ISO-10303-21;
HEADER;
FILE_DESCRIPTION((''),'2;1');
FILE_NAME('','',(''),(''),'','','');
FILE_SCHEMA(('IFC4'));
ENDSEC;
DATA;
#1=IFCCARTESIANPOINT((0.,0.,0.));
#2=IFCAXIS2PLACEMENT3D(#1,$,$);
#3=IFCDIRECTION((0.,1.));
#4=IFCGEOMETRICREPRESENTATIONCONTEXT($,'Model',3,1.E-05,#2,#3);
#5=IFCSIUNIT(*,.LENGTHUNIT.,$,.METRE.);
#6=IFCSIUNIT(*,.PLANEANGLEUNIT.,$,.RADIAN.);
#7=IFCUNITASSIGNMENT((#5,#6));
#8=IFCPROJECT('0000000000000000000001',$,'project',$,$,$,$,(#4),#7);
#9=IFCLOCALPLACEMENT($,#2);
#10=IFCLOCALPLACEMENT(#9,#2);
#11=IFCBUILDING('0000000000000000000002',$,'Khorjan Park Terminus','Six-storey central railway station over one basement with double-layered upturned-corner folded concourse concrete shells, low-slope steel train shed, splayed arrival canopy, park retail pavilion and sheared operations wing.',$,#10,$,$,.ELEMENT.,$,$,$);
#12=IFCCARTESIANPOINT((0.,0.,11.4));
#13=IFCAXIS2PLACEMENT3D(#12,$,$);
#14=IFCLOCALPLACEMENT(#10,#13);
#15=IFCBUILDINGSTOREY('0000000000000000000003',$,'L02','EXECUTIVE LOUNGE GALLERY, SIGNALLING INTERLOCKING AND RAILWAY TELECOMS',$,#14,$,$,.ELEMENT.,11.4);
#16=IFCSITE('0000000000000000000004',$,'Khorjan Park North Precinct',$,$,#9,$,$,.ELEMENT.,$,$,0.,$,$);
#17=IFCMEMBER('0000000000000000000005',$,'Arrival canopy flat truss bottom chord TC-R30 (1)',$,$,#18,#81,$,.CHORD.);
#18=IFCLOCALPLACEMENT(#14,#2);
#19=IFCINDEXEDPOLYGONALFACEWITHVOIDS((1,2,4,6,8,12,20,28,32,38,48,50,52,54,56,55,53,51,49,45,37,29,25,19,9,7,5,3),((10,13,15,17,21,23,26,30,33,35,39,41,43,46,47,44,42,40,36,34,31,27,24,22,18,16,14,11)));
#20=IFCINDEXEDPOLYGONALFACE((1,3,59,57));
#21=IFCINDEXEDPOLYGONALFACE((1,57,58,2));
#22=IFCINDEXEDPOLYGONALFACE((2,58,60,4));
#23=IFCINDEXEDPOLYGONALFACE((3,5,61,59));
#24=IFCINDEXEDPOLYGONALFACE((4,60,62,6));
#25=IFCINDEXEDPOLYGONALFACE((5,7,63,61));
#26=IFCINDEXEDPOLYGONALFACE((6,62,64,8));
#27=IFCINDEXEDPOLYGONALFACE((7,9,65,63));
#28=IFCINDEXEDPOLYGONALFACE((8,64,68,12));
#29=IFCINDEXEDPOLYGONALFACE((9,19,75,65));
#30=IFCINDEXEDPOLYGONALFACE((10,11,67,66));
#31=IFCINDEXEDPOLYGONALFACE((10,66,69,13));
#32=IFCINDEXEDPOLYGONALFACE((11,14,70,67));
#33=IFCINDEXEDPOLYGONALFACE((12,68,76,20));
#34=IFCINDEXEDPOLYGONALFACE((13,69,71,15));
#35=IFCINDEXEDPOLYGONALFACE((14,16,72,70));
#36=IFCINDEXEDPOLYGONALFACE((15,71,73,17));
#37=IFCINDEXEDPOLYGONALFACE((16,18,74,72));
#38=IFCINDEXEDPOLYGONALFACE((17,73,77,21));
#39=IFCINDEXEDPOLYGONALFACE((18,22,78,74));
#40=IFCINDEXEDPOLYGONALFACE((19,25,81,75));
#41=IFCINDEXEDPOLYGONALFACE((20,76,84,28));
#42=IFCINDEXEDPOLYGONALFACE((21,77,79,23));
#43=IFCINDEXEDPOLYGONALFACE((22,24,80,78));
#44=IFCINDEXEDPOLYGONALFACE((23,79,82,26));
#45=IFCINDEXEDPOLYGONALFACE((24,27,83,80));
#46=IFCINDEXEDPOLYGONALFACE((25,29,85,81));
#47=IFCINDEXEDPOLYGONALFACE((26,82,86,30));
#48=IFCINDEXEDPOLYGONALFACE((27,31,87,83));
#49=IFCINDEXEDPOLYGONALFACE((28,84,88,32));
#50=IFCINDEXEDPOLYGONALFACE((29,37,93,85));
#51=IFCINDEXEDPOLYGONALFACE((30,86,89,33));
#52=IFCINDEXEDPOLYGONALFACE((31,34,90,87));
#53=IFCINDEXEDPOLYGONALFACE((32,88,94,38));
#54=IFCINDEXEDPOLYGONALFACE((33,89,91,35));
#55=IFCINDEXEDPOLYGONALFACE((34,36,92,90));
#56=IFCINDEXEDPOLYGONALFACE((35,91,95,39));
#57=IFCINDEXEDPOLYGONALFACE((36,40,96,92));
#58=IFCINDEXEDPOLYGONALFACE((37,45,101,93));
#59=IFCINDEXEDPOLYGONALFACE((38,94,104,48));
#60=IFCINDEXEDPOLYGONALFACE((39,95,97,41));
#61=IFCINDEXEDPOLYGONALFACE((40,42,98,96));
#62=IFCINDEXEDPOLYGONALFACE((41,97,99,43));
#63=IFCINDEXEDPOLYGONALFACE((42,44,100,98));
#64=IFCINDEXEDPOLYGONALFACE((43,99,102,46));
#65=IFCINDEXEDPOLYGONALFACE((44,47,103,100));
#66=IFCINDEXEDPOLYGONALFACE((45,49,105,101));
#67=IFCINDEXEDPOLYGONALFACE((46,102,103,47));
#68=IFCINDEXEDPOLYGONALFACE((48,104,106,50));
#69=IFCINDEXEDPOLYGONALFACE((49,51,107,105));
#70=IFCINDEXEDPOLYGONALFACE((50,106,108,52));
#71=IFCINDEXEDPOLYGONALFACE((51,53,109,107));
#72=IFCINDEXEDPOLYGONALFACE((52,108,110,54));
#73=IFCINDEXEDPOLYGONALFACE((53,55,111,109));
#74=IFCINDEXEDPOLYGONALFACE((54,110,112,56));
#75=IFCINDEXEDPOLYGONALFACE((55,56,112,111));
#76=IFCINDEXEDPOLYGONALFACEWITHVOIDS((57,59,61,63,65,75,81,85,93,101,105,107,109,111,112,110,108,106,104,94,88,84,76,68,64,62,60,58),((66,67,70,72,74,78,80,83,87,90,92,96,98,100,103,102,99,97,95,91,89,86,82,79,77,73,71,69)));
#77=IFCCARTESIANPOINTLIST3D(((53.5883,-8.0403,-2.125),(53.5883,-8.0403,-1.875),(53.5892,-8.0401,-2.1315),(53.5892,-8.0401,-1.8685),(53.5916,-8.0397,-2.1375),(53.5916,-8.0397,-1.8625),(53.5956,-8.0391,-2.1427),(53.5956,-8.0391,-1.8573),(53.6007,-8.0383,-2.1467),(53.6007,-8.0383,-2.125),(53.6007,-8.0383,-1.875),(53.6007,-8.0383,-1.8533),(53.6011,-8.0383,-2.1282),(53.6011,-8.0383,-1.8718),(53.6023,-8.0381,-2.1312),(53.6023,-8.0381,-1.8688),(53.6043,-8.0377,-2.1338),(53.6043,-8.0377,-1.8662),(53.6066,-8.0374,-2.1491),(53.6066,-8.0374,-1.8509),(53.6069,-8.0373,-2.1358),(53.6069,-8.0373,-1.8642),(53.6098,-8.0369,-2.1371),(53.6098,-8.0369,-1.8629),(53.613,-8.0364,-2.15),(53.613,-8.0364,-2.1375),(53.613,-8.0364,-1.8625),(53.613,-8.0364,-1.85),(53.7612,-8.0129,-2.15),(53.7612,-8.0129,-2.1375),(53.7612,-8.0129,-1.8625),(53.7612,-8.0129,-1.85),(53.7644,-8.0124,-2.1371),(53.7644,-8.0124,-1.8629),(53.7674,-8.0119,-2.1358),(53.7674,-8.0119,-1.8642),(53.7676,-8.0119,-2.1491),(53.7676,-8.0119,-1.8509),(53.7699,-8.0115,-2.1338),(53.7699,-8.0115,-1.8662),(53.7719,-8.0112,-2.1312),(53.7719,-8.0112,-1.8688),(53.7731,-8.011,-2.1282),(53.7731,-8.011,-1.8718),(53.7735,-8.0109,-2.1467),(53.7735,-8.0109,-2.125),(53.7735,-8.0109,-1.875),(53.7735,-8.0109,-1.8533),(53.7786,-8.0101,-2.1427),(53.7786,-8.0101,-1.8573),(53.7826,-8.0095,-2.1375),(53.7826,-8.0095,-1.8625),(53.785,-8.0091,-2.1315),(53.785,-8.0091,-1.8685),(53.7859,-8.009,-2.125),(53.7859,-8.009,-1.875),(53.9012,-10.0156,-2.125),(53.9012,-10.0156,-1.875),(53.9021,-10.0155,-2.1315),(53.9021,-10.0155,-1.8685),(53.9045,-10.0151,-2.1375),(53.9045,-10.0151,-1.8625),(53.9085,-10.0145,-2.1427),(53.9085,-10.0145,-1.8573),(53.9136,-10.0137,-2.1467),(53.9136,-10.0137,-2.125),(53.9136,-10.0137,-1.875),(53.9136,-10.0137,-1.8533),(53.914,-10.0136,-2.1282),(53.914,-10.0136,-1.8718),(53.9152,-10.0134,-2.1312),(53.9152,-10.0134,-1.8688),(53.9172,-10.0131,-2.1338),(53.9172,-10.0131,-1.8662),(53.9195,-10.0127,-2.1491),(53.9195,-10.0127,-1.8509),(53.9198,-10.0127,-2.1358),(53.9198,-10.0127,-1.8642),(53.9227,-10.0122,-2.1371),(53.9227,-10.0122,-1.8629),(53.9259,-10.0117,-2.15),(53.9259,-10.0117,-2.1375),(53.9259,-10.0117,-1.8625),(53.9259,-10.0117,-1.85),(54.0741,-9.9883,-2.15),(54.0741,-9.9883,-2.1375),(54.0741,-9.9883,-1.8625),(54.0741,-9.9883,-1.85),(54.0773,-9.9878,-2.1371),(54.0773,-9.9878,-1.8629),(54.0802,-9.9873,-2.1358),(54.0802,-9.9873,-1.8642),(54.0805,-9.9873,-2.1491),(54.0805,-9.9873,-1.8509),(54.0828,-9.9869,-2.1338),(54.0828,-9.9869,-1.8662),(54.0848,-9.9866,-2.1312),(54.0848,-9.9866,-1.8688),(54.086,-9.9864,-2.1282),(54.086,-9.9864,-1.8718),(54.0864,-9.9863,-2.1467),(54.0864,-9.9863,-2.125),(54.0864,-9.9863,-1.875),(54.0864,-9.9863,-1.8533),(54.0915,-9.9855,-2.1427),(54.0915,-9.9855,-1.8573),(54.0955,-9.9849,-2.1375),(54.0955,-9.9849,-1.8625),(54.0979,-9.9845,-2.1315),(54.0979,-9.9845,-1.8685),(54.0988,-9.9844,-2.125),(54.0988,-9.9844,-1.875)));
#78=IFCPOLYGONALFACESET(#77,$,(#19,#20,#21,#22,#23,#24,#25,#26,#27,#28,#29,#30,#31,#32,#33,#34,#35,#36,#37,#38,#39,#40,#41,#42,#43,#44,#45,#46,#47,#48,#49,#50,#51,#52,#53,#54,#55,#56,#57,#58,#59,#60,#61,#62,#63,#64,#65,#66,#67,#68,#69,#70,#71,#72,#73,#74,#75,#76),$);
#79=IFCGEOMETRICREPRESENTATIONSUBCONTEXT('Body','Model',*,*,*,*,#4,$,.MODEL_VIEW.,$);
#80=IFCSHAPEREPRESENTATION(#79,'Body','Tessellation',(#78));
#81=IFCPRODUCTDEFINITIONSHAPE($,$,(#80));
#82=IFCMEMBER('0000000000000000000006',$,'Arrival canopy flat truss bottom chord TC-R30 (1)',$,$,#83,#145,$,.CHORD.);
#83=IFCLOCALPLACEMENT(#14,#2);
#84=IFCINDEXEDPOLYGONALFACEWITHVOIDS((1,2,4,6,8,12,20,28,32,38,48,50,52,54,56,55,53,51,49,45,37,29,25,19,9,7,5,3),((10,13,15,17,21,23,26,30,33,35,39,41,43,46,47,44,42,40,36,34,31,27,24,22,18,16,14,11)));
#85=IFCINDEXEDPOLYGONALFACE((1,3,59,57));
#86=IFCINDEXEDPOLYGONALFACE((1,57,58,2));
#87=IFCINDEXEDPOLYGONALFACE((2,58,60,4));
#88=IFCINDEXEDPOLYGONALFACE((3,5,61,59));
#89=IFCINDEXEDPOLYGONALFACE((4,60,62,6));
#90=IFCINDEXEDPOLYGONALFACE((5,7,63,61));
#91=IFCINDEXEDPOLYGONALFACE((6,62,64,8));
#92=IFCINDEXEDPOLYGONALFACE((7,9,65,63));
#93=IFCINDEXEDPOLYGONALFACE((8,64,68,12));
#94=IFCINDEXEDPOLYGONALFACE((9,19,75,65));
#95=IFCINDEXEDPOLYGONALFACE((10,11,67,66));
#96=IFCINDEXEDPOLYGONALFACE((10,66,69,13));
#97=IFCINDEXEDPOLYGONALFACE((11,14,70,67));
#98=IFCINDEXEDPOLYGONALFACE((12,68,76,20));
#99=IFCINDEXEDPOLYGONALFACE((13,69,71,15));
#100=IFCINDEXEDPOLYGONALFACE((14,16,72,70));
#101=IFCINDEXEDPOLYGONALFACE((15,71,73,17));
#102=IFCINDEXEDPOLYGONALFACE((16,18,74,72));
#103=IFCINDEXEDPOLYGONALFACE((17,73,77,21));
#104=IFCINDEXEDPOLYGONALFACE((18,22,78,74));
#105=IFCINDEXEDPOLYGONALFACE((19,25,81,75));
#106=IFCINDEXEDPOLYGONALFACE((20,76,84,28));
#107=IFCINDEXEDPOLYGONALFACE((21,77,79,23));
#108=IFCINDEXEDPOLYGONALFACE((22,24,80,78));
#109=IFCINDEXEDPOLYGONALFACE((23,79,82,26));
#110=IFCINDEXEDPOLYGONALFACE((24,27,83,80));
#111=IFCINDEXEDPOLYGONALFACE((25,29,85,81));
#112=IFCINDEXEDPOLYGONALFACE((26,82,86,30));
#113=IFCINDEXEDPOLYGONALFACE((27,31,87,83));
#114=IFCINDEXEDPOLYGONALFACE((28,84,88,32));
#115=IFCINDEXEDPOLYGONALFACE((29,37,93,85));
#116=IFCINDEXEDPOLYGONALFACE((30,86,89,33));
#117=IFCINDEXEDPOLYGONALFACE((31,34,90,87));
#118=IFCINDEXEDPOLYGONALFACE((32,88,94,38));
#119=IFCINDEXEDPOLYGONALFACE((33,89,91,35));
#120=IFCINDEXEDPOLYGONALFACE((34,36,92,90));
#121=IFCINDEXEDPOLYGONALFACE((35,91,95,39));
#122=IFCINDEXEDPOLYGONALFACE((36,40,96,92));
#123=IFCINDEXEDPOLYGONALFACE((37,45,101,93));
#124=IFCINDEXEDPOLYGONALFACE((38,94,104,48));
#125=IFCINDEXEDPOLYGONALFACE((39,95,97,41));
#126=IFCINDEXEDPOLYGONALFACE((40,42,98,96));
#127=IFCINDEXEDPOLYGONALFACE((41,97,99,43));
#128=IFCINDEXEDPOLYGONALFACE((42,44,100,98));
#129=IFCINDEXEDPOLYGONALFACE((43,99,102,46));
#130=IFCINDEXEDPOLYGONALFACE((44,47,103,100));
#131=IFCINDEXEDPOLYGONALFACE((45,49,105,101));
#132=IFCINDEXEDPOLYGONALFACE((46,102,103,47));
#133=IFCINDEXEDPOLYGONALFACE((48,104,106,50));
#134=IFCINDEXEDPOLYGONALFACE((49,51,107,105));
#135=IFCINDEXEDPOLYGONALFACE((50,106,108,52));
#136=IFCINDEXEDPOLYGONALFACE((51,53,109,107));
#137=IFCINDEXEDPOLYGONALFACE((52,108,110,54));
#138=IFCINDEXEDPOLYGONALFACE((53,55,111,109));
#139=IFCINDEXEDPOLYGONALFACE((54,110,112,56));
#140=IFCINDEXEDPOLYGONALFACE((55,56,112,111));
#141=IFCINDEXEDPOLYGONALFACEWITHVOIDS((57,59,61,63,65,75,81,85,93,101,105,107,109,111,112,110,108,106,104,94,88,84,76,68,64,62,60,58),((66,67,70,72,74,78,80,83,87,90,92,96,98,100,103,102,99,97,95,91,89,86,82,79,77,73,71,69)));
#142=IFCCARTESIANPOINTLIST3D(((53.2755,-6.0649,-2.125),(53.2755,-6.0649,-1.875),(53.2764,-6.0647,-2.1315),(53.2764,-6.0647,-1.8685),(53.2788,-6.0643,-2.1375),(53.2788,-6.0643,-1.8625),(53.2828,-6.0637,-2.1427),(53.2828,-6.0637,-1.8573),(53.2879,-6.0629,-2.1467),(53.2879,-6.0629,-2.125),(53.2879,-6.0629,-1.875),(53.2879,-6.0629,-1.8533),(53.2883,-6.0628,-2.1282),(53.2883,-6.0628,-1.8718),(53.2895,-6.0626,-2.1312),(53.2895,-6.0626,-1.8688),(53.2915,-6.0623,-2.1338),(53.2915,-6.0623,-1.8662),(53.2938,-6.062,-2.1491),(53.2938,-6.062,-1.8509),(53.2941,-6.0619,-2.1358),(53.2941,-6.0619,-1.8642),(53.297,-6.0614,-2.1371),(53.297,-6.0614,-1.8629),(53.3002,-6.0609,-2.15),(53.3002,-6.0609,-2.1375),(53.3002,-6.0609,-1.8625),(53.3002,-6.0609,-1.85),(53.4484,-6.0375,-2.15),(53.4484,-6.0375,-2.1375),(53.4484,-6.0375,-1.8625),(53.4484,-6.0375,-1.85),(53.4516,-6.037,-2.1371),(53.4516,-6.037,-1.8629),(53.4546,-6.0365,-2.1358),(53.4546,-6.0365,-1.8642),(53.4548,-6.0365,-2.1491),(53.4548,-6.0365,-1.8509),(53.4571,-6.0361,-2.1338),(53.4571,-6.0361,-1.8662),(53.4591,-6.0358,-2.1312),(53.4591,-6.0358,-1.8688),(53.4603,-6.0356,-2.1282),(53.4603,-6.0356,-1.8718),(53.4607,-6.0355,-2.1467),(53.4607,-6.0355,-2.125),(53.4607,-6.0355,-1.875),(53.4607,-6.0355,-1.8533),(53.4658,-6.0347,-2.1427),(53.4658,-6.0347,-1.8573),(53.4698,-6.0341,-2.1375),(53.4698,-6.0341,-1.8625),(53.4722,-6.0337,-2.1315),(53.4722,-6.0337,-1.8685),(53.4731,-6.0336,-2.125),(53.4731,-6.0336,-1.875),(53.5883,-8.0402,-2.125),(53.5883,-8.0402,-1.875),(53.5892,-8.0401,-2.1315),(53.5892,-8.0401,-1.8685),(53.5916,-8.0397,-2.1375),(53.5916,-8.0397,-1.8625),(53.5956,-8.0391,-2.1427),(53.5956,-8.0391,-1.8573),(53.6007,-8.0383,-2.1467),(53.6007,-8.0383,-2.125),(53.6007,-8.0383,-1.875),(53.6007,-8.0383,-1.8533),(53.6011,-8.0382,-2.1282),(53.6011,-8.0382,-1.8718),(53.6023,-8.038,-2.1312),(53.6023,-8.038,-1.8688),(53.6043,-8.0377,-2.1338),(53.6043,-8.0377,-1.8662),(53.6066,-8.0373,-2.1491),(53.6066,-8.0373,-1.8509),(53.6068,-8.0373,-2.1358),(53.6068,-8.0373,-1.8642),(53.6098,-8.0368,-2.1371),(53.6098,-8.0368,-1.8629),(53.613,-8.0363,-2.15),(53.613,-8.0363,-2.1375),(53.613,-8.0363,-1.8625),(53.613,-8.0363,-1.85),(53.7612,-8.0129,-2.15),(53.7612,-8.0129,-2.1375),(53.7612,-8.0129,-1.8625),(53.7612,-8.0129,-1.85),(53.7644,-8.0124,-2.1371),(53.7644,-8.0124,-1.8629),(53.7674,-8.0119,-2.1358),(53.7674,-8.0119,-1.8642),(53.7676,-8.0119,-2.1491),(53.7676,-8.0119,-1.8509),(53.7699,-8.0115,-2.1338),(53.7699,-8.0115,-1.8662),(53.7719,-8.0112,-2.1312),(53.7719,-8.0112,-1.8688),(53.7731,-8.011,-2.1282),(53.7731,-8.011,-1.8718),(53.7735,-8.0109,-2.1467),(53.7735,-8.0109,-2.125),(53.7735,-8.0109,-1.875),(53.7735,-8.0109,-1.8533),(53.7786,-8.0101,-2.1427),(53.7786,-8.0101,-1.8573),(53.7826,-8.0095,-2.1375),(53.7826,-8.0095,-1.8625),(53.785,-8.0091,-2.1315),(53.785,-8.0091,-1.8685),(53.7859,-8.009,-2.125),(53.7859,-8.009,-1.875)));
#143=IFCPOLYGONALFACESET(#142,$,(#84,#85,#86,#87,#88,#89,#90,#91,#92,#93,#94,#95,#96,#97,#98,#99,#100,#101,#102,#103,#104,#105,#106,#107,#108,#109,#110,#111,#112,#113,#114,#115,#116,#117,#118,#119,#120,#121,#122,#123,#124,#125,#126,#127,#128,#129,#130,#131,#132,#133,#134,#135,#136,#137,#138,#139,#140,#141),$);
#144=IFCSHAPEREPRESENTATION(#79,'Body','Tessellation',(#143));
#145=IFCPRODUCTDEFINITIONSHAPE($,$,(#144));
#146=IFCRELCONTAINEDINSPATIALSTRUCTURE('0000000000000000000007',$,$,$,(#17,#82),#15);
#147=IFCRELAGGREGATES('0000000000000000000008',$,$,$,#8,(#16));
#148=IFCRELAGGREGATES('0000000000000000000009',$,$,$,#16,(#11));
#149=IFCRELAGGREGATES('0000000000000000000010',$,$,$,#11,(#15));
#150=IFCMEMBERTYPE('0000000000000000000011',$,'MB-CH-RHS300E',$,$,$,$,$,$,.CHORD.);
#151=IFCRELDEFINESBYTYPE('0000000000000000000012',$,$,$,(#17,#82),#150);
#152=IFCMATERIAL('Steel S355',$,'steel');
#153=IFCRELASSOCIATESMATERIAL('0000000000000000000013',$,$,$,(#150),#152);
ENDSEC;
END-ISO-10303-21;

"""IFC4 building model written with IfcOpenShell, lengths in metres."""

from ifc_helpers import new_model, si_unit, direction, frame, origin, origin_2d, place, context, subcontext, project, spatial, hollow_rectangle, extrude, material, material_profile, profile_set, type_object, element, save


model = new_model("IFC4")

# Units and contexts
model_context = context("Model", 3, precision=1e-05, world=origin(), true_north=direction((0.0, 1.0)))
body_context = subcontext(model_context, "Body", "Model", "MODEL_VIEW")
ifc_project = project(units=[si_unit("LENGTHUNIT", "METRE"), si_unit("PLANEANGLEUNIT", "RADIAN")], contexts=[model_context])

# Site, building, storey
site_placement = place(None, origin())
site = spatial("IfcSite", under=ifc_project, at=site_placement, Name="Khorjan Park North Precinct", CompositionType="ELEMENT", RefElevation=0.0)
building_placement = place(site_placement, origin())
building = spatial("IfcBuilding", under=site, at=building_placement, Name="Khorjan Park Terminus", Description="Six-storey central railway station over one basement with double-layered upturned-corner folded concourse concrete shells, low-slope steel train shed, splayed arrival canopy, park retail pavilion and sheared operations wing.", CompositionType="ELEMENT")
storey_placement = place(building_placement, frame((0.0, 0.0, 11.4)))
storey = spatial("IfcBuildingStorey", under=building, at=storey_placement, Name="L02", Description="EXECUTIVE LOUNGE GALLERY, SIGNALLING INTERLOCKING AND RAILWAY TELECOMS", CompositionType="ELEMENT", Elevation=11.4)

# Members
ifc_material_1 = material(Name="Steel S355", Category="steel")
ifc_material_profile_1 = material_profile(ifc_material_1, hollow_rectangle(XDim=0.2, YDim=0.3, WallThickness=0.0125, InnerFilletRadius=0.0125, OuterFilletRadius=0.025, at=origin_2d()), Name="RHS 300x200x12.5")
ifc_profile_set_1 = profile_set([ifc_material_profile_1], Name="Steel S355")
member_type_1 = type_object("IfcMemberType", Name="MB-CH-RHS300E", PredefinedType="CHORD", material=ifc_profile_set_1)
for number, where, z_axis, x_axis, name in (
    (1, (54.0, -10.0, -2.0), (-0.156448, 0.987686, 0.0), (-0.987686, -0.156448, 0.0), "Arrival canopy flat truss bottom chord TC-R30 (1)"),
    (2, (53.6871, -8.0246, -2.0), (-0.156399, 0.987694, 0.0), (-0.987694, -0.156399, 0.0), "Arrival canopy flat truss bottom chord TC-R30 (1)"),
):
    element("IfcMember", number, at=place(storey_placement, frame(where, z_axis=z_axis, x_axis=x_axis)), inside=storey, type_object=member_type_1, Name=name, PredefinedType="CHORD", context=body_context, shape_type="SweptSolid", body=[
        extrude(hollow_rectangle(XDim=0.2, YDim=0.3, WallThickness=0.0125, InnerFilletRadius=0.0125, OuterFilletRadius=0.025, at=origin_2d()), origin(), (0.0, 0.0, 1.0), 2.0),
    ])

save(model, "model.ifc")
